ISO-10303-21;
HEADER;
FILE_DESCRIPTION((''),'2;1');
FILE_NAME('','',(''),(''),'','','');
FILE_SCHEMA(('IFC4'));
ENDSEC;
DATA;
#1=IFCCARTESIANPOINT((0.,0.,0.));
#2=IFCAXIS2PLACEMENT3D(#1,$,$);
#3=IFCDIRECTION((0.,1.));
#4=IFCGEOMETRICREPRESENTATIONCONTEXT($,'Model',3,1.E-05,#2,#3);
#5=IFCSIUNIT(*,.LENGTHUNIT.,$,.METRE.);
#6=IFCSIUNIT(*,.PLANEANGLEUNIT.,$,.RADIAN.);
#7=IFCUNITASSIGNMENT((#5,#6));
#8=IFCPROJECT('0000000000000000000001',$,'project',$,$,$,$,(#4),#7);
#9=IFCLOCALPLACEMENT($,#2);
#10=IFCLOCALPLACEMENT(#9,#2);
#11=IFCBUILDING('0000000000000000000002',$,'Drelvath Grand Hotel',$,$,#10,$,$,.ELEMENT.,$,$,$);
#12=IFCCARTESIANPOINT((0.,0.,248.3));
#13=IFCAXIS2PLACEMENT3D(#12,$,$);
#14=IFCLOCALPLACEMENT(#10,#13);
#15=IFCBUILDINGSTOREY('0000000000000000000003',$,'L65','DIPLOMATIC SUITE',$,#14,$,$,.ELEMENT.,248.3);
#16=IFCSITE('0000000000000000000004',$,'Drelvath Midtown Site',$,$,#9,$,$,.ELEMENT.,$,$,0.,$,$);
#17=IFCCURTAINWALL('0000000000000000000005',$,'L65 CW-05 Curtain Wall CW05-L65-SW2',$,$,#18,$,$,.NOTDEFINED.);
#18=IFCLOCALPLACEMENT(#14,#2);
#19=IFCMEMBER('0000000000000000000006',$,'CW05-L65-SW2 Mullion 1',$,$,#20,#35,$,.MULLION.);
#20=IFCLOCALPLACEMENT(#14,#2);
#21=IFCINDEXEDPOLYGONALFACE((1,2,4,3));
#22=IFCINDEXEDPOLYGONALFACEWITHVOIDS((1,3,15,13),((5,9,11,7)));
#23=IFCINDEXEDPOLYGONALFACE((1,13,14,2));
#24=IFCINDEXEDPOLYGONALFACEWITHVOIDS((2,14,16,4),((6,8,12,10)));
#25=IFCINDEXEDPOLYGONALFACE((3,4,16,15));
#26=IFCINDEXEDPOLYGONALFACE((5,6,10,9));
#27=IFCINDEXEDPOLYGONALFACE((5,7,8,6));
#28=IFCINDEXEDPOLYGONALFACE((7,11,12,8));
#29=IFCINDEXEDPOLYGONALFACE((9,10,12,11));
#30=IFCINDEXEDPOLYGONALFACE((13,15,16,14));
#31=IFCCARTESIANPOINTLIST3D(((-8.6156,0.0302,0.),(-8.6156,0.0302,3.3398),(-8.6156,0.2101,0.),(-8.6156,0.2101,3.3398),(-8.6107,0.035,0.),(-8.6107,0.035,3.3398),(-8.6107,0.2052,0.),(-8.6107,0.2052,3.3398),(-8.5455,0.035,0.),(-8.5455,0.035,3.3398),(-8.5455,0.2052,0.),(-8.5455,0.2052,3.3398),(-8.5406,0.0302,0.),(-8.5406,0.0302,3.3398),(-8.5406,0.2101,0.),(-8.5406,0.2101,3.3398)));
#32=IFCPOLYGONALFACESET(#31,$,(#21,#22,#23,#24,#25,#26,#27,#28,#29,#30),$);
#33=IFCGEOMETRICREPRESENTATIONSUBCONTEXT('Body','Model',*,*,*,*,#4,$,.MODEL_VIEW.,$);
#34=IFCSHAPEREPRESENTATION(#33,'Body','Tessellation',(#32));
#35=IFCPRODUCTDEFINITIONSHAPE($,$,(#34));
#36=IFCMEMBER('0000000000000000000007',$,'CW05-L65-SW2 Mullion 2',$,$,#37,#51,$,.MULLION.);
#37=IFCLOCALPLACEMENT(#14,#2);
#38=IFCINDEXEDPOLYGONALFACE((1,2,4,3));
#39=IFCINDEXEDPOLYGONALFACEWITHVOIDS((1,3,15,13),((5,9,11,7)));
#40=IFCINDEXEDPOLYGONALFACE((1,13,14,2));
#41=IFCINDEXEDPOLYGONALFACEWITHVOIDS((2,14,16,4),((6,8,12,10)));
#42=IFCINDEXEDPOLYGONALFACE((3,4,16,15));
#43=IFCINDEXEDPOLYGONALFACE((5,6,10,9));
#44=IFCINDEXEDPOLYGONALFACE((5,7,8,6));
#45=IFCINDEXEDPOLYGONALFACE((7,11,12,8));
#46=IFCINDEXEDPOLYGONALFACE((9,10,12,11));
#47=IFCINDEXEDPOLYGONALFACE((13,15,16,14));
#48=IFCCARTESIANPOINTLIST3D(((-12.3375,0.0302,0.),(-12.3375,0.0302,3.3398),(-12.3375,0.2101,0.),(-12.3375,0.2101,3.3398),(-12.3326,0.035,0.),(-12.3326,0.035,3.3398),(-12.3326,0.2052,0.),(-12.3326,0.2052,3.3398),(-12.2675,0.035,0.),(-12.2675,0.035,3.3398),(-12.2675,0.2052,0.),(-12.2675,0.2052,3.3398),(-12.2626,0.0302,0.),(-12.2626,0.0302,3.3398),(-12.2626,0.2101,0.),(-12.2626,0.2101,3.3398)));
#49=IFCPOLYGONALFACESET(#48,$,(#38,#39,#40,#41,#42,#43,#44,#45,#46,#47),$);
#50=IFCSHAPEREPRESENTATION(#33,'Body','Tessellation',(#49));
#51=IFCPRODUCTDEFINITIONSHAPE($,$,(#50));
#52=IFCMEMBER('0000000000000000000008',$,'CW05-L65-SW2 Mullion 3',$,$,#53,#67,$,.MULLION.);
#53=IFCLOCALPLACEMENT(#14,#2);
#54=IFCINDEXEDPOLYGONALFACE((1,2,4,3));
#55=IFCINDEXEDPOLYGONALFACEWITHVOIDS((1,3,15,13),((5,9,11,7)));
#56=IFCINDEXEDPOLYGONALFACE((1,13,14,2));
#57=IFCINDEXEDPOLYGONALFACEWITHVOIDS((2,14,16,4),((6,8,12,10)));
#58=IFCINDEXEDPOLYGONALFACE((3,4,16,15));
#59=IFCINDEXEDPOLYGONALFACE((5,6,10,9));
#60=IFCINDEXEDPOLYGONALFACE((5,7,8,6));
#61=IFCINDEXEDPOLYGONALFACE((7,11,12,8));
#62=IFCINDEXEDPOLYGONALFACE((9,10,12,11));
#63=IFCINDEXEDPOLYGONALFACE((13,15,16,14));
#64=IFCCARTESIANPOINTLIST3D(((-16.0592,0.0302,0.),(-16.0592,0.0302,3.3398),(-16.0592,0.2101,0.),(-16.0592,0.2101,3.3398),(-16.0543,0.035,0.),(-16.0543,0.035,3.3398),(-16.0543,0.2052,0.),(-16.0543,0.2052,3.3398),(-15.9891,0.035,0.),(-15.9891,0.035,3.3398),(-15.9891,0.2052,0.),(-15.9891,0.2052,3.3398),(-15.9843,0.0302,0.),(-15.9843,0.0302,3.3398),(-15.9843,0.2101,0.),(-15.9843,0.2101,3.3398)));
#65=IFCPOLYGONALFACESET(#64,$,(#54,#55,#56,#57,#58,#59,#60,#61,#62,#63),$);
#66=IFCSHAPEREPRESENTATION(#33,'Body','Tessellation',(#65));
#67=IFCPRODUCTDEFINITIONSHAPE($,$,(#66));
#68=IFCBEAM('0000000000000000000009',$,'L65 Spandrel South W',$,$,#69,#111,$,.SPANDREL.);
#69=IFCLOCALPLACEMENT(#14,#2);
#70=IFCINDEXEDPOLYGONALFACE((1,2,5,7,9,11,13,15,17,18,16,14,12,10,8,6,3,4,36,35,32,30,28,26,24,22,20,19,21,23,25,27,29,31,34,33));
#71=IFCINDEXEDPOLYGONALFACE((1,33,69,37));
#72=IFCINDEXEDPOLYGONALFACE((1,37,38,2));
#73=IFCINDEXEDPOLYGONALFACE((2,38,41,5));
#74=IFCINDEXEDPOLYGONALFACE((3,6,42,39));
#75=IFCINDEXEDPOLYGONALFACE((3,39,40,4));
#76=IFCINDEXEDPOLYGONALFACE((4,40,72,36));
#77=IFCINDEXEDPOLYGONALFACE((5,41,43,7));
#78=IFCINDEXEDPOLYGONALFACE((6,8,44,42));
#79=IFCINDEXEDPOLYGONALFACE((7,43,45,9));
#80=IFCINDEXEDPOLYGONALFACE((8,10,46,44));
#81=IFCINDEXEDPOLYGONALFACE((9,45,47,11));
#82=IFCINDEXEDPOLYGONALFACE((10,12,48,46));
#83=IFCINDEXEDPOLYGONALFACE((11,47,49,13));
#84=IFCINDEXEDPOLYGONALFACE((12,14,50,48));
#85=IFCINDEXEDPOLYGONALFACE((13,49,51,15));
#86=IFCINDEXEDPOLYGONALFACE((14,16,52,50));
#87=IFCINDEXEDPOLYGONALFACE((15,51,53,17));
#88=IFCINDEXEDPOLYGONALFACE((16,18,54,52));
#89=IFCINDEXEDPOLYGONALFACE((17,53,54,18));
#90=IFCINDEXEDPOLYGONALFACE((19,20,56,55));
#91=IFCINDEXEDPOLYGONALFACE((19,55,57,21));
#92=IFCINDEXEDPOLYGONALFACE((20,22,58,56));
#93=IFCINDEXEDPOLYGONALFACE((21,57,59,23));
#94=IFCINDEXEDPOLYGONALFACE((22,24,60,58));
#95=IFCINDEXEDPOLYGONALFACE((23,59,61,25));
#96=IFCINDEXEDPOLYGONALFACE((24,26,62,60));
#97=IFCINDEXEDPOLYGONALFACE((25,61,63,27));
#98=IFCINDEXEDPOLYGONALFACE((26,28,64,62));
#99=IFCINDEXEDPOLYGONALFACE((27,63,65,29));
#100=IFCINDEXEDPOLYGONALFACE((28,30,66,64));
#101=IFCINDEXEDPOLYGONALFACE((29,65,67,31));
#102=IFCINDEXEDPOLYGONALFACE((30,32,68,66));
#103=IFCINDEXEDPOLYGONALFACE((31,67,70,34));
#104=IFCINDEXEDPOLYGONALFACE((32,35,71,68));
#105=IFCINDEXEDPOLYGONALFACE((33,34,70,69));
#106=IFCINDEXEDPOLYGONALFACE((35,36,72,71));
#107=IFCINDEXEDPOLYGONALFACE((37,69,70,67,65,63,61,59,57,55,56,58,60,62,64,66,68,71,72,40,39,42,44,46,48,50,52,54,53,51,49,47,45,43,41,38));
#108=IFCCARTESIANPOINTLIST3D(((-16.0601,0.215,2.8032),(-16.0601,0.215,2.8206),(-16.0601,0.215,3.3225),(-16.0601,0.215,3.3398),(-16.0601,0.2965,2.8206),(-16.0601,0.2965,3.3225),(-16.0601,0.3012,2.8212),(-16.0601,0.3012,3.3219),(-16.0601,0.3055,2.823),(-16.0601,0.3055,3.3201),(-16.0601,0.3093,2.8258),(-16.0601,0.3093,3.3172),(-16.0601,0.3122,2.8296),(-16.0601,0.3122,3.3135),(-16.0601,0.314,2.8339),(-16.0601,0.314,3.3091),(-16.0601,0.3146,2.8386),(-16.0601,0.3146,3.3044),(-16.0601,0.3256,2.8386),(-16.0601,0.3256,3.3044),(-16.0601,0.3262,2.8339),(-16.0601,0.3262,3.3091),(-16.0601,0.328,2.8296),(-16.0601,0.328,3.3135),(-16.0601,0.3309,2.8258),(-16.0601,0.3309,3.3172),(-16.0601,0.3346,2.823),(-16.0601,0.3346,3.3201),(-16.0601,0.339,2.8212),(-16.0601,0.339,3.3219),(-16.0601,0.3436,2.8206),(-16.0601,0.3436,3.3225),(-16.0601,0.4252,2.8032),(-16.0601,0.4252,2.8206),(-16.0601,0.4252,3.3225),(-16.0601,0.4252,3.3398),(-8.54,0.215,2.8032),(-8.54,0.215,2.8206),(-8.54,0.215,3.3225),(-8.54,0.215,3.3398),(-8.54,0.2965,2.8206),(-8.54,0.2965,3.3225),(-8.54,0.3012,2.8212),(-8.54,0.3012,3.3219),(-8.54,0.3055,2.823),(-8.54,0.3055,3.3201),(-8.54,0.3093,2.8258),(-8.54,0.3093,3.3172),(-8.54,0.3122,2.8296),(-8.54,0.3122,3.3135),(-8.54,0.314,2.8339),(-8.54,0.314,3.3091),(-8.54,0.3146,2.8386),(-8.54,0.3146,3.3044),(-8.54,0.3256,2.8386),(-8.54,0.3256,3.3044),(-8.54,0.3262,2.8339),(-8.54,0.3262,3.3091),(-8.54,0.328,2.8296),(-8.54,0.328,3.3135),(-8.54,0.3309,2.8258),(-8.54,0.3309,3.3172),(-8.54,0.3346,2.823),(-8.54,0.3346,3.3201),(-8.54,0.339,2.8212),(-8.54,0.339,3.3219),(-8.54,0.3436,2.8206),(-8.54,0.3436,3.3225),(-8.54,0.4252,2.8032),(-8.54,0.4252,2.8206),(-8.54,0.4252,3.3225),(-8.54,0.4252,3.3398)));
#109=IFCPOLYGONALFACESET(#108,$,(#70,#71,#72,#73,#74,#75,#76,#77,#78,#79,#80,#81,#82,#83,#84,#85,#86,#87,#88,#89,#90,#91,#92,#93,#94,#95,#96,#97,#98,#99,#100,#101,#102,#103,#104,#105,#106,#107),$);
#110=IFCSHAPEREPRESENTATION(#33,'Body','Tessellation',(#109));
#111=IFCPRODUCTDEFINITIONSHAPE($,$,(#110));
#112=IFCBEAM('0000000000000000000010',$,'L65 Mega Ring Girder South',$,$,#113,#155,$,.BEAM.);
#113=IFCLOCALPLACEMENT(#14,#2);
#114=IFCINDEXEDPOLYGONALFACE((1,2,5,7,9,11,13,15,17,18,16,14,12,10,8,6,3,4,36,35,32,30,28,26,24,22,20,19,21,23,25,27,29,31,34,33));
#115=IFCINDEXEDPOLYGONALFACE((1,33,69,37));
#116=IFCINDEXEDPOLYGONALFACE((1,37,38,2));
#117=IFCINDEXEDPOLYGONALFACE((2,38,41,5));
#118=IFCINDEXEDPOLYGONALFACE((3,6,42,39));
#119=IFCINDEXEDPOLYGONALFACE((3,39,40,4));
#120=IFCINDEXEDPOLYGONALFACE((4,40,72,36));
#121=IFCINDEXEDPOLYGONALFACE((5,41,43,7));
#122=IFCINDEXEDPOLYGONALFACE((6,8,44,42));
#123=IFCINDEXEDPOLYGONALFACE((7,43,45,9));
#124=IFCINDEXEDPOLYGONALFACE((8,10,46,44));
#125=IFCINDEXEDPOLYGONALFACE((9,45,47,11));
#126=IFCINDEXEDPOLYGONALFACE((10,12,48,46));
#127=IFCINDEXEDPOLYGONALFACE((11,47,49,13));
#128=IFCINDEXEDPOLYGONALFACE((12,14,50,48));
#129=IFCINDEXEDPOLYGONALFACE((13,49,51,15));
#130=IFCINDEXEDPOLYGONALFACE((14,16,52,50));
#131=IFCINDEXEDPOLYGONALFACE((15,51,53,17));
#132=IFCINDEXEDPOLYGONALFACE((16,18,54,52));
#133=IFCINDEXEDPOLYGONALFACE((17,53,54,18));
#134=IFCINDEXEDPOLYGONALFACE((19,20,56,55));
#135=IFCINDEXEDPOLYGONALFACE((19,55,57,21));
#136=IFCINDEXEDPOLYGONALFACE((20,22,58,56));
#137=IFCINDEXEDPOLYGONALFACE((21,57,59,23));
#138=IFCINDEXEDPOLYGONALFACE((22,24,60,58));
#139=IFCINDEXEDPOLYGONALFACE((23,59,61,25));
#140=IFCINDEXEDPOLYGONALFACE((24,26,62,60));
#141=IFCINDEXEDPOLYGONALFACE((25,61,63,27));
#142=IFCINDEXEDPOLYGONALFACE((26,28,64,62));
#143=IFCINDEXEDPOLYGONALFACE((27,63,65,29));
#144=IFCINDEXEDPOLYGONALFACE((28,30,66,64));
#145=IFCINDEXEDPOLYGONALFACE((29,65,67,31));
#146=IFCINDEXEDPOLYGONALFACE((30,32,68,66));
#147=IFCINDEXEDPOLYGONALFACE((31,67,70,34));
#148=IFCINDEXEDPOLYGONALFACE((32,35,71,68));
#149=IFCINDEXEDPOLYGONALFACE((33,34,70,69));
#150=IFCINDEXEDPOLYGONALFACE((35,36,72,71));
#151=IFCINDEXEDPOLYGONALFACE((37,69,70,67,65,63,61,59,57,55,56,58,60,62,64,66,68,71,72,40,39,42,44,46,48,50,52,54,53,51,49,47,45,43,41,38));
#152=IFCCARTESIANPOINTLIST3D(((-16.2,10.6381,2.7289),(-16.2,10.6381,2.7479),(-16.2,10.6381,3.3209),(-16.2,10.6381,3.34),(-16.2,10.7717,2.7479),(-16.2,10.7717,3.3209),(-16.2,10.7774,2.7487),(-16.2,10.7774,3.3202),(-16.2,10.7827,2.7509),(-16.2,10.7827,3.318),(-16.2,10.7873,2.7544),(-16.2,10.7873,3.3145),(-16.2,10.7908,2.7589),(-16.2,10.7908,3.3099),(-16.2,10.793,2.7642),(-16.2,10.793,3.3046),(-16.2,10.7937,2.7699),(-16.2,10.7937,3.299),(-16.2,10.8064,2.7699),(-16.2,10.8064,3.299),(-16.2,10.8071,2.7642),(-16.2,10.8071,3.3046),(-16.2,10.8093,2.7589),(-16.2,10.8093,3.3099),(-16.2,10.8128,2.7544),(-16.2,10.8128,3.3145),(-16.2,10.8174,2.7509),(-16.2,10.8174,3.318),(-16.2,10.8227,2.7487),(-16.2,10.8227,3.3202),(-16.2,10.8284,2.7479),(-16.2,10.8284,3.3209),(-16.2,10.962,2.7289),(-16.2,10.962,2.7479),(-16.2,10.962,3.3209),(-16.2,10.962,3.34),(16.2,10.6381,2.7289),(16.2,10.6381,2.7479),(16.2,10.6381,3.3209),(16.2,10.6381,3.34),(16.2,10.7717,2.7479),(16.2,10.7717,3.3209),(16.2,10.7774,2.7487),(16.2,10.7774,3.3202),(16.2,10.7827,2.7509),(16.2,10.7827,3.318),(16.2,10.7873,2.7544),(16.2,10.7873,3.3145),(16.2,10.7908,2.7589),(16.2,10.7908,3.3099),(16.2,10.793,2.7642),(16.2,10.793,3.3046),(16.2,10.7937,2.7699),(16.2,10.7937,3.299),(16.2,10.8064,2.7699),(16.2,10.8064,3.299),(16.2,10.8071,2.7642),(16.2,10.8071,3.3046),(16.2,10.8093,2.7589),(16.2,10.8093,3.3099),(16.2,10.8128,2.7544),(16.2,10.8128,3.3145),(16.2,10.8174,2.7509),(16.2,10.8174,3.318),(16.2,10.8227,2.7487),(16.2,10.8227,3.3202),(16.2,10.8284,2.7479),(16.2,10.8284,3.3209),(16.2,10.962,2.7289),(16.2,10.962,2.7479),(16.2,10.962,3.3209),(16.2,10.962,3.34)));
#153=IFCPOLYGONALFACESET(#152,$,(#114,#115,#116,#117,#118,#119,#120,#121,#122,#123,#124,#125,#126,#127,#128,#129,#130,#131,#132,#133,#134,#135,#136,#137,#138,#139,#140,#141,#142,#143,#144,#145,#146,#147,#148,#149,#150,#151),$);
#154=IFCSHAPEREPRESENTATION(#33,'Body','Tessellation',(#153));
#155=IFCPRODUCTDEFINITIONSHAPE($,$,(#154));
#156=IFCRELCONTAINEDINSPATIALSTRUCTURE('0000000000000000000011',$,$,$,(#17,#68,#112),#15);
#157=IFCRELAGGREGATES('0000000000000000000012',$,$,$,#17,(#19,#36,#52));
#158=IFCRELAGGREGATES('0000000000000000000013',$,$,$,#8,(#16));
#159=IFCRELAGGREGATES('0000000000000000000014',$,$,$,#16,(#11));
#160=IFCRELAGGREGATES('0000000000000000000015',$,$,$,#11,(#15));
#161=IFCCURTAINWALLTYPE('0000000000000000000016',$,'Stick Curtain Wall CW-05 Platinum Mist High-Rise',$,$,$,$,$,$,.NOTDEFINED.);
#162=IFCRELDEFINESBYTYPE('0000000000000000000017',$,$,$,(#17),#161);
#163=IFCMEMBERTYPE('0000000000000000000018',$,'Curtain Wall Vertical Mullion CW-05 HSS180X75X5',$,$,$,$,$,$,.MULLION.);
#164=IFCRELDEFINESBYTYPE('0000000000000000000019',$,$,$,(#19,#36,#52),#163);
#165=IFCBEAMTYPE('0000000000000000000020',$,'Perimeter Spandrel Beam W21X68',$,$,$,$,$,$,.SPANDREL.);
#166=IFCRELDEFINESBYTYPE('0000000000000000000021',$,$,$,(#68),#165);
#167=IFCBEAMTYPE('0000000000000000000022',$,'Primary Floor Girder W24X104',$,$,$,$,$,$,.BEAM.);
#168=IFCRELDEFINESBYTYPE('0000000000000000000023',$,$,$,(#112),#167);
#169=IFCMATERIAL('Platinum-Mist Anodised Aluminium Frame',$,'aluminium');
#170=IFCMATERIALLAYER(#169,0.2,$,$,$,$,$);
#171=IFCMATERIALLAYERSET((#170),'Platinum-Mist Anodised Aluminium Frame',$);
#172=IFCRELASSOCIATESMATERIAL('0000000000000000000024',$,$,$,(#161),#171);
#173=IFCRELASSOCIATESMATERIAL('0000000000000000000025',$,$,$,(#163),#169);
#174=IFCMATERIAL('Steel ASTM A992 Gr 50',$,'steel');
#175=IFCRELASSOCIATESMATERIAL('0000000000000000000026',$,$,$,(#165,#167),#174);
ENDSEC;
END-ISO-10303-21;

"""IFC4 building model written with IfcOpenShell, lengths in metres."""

from ifc_helpers import new_model, si_unit, direction, frame, origin, origin_2d, place, context, subcontext, project, spatial, hollow_rectangle, i_section, extrude, material, layer, layer_set, material_profile, profile_set, type_object, element, aggregate, save


model = new_model("IFC4")

# Units and contexts
model_context = context("Model", 3, precision=1e-05, world=origin(), true_north=direction((0.0, 1.0)))
body_context = subcontext(model_context, "Body", "Model", "MODEL_VIEW")
ifc_project = project(units=[si_unit("LENGTHUNIT", "METRE"), si_unit("PLANEANGLEUNIT", "RADIAN")], contexts=[model_context])

# Site, building, storey
site_placement = place(None, origin())
site = spatial("IfcSite", under=ifc_project, at=site_placement, Name="Drelvath Midtown Site", CompositionType="ELEMENT", RefElevation=0.0)
building_placement = place(site_placement, origin())
building = spatial("IfcBuilding", under=site, at=building_placement, Name="Drelvath Grand Hotel", CompositionType="ELEMENT")
storey_placement = place(building_placement, frame((0.0, 0.0, 248.3)))
storey = spatial("IfcBuildingStorey", under=building, at=storey_placement, Name="L65", Description="DIPLOMATIC SUITE", CompositionType="ELEMENT", Elevation=248.3)

# Curtain wall
ifc_material_1 = material(Name="Platinum-Mist Anodised Aluminium Frame", Category="aluminium")
ifc_layer_1 = layer(ifc_material_1, 0.2)
ifc_layer_set_1 = layer_set([ifc_layer_1], Name="Platinum-Mist Anodised Aluminium Frame")
curtain_wall_type = type_object("IfcCurtainWallType", Name="Stick Curtain Wall CW-05 Platinum Mist High-Rise", PredefinedType="NOTDEFINED", material=ifc_layer_set_1)
curtain_wall_1_placement = place(storey_placement, origin())
curtain_wall_1 = element("IfcCurtainWall", 1, at=curtain_wall_1_placement, inside=storey, type_object=curtain_wall_type, Name="L65 CW-05 Curtain Wall CW05-L65-SW2", PredefinedType="NOTDEFINED")

# Members
ifc_material_profile_1 = material_profile(ifc_material_1, hollow_rectangle(XDim=0.075, YDim=0.1799, WallThickness=0.0049, at=origin_2d()), Name="HSS180X75X5")
ifc_profile_set_1 = profile_set([ifc_material_profile_1], Name="Platinum-Mist Anodised Aluminium Frame")
member_type_1 = type_object("IfcMemberType", Name="Curtain Wall Vertical Mullion CW-05 HSS180X75X5", PredefinedType="MULLION", material=ifc_profile_set_1)
member_1_placement = place(storey_placement, frame((-8.5781, 0.1201, 0.0), z_axis=(0.0, 0.0, 1.0), x_axis=(1.0, 0.0, 0.0)))
member_1 = element("IfcMember", 2, at=member_1_placement, type_object=member_type_1, Name="CW05-L65-SW2 Mullion 1", PredefinedType="MULLION", context=body_context, shape_type="SweptSolid", body=[
    extrude(hollow_rectangle(XDim=0.075, YDim=0.1799, WallThickness=0.0049, at=origin_2d()), origin(), (0.0, 0.0, 1.0), 3.3398),
])
member_2_placement = place(storey_placement, frame((-12.3, 0.1201, 0.0), z_axis=(0.0, 0.0, 1.0), x_axis=(1.0, 0.0, 0.0)))
member_2 = element("IfcMember", 3, at=member_2_placement, type_object=member_type_1, Name="CW05-L65-SW2 Mullion 2", PredefinedType="MULLION", context=body_context, shape_type="SweptSolid", body=[
    extrude(hollow_rectangle(XDim=0.075, YDim=0.1799, WallThickness=0.0049, at=origin_2d()), origin(), (0.0, 0.0, 1.0), 3.3398),
])
member_3_placement = place(storey_placement, frame((-16.0217, 0.1201, 0.0), z_axis=(0.0, 0.0, 1.0), x_axis=(1.0, 0.0, 0.0)))
member_3 = element("IfcMember", 4, at=member_3_placement, type_object=member_type_1, Name="CW05-L65-SW2 Mullion 3", PredefinedType="MULLION", context=body_context, shape_type="SweptSolid", body=[
    extrude(hollow_rectangle(XDim=0.075, YDim=0.1799, WallThickness=0.0049, at=origin_2d()), origin(), (0.0, 0.0, 1.0), 3.3398),
])

# Beams
ifc_material_2 = material(Name="Steel ASTM A992 Gr 50", Category="steel")
ifc_material_profile_2 = material_profile(ifc_material_2, i_section(OverallWidth=0.2102, OverallDepth=0.5366, WebThickness=0.011, FlangeThickness=0.0173, FilletRadius=0.0181, at=origin_2d()), Name="W21X68")
ifc_profile_set_2 = profile_set([ifc_material_profile_2], Name="Steel ASTM A992 Gr 50")
beam_type_1 = type_object("IfcBeamType", Name="Perimeter Spandrel Beam W21X68", PredefinedType="SPANDREL", material=ifc_profile_set_2)
beam_1_placement = place(storey_placement, frame((-16.0601, 0.3201, 3.0715), z_axis=(1.0, 0.0, 0.0), x_axis=(0.0, 1.0, 0.0)))
element("IfcBeam", 5, at=beam_1_placement, inside=storey, type_object=beam_type_1, Name="L65 Spandrel South W", PredefinedType="SPANDREL", context=body_context, shape_type="SweptSolid", body=[
    extrude(i_section(OverallWidth=0.2102, OverallDepth=0.5366, WebThickness=0.011, FlangeThickness=0.0173, FilletRadius=0.0181, at=origin_2d()), origin(), (0.0, 0.0, 1.0), 7.52),
])
ifc_material_profile_3 = material_profile(ifc_material_2, i_section(OverallWidth=0.324, OverallDepth=0.6111, WebThickness=0.0127, FlangeThickness=0.019, FilletRadius=0.022, at=origin_2d()), Name="W24X104")
ifc_profile_set_3 = profile_set([ifc_material_profile_3], Name="Steel ASTM A992 Gr 50")
beam_type_2 = type_object("IfcBeamType", Name="Primary Floor Girder W24X104", PredefinedType="BEAM", material=ifc_profile_set_3)
beam_2_placement = place(storey_placement, frame((-16.2, 10.8, 3.0344), z_axis=(1.0, 0.0, 0.0), x_axis=(0.0, 1.0, 0.0)))
element("IfcBeam", 6, at=beam_2_placement, inside=storey, type_object=beam_type_2, Name="L65 Mega Ring Girder South", PredefinedType="BEAM", context=body_context, shape_type="SweptSolid", body=[
    extrude(i_section(OverallWidth=0.324, OverallDepth=0.6111, WebThickness=0.0127, FlangeThickness=0.019, FilletRadius=0.022, at=origin_2d()), origin(), (0.0, 0.0, 1.0), 32.3999),
])

aggregate(curtain_wall_1, [member_1, member_2, member_3])

save(model, "model.ifc")
